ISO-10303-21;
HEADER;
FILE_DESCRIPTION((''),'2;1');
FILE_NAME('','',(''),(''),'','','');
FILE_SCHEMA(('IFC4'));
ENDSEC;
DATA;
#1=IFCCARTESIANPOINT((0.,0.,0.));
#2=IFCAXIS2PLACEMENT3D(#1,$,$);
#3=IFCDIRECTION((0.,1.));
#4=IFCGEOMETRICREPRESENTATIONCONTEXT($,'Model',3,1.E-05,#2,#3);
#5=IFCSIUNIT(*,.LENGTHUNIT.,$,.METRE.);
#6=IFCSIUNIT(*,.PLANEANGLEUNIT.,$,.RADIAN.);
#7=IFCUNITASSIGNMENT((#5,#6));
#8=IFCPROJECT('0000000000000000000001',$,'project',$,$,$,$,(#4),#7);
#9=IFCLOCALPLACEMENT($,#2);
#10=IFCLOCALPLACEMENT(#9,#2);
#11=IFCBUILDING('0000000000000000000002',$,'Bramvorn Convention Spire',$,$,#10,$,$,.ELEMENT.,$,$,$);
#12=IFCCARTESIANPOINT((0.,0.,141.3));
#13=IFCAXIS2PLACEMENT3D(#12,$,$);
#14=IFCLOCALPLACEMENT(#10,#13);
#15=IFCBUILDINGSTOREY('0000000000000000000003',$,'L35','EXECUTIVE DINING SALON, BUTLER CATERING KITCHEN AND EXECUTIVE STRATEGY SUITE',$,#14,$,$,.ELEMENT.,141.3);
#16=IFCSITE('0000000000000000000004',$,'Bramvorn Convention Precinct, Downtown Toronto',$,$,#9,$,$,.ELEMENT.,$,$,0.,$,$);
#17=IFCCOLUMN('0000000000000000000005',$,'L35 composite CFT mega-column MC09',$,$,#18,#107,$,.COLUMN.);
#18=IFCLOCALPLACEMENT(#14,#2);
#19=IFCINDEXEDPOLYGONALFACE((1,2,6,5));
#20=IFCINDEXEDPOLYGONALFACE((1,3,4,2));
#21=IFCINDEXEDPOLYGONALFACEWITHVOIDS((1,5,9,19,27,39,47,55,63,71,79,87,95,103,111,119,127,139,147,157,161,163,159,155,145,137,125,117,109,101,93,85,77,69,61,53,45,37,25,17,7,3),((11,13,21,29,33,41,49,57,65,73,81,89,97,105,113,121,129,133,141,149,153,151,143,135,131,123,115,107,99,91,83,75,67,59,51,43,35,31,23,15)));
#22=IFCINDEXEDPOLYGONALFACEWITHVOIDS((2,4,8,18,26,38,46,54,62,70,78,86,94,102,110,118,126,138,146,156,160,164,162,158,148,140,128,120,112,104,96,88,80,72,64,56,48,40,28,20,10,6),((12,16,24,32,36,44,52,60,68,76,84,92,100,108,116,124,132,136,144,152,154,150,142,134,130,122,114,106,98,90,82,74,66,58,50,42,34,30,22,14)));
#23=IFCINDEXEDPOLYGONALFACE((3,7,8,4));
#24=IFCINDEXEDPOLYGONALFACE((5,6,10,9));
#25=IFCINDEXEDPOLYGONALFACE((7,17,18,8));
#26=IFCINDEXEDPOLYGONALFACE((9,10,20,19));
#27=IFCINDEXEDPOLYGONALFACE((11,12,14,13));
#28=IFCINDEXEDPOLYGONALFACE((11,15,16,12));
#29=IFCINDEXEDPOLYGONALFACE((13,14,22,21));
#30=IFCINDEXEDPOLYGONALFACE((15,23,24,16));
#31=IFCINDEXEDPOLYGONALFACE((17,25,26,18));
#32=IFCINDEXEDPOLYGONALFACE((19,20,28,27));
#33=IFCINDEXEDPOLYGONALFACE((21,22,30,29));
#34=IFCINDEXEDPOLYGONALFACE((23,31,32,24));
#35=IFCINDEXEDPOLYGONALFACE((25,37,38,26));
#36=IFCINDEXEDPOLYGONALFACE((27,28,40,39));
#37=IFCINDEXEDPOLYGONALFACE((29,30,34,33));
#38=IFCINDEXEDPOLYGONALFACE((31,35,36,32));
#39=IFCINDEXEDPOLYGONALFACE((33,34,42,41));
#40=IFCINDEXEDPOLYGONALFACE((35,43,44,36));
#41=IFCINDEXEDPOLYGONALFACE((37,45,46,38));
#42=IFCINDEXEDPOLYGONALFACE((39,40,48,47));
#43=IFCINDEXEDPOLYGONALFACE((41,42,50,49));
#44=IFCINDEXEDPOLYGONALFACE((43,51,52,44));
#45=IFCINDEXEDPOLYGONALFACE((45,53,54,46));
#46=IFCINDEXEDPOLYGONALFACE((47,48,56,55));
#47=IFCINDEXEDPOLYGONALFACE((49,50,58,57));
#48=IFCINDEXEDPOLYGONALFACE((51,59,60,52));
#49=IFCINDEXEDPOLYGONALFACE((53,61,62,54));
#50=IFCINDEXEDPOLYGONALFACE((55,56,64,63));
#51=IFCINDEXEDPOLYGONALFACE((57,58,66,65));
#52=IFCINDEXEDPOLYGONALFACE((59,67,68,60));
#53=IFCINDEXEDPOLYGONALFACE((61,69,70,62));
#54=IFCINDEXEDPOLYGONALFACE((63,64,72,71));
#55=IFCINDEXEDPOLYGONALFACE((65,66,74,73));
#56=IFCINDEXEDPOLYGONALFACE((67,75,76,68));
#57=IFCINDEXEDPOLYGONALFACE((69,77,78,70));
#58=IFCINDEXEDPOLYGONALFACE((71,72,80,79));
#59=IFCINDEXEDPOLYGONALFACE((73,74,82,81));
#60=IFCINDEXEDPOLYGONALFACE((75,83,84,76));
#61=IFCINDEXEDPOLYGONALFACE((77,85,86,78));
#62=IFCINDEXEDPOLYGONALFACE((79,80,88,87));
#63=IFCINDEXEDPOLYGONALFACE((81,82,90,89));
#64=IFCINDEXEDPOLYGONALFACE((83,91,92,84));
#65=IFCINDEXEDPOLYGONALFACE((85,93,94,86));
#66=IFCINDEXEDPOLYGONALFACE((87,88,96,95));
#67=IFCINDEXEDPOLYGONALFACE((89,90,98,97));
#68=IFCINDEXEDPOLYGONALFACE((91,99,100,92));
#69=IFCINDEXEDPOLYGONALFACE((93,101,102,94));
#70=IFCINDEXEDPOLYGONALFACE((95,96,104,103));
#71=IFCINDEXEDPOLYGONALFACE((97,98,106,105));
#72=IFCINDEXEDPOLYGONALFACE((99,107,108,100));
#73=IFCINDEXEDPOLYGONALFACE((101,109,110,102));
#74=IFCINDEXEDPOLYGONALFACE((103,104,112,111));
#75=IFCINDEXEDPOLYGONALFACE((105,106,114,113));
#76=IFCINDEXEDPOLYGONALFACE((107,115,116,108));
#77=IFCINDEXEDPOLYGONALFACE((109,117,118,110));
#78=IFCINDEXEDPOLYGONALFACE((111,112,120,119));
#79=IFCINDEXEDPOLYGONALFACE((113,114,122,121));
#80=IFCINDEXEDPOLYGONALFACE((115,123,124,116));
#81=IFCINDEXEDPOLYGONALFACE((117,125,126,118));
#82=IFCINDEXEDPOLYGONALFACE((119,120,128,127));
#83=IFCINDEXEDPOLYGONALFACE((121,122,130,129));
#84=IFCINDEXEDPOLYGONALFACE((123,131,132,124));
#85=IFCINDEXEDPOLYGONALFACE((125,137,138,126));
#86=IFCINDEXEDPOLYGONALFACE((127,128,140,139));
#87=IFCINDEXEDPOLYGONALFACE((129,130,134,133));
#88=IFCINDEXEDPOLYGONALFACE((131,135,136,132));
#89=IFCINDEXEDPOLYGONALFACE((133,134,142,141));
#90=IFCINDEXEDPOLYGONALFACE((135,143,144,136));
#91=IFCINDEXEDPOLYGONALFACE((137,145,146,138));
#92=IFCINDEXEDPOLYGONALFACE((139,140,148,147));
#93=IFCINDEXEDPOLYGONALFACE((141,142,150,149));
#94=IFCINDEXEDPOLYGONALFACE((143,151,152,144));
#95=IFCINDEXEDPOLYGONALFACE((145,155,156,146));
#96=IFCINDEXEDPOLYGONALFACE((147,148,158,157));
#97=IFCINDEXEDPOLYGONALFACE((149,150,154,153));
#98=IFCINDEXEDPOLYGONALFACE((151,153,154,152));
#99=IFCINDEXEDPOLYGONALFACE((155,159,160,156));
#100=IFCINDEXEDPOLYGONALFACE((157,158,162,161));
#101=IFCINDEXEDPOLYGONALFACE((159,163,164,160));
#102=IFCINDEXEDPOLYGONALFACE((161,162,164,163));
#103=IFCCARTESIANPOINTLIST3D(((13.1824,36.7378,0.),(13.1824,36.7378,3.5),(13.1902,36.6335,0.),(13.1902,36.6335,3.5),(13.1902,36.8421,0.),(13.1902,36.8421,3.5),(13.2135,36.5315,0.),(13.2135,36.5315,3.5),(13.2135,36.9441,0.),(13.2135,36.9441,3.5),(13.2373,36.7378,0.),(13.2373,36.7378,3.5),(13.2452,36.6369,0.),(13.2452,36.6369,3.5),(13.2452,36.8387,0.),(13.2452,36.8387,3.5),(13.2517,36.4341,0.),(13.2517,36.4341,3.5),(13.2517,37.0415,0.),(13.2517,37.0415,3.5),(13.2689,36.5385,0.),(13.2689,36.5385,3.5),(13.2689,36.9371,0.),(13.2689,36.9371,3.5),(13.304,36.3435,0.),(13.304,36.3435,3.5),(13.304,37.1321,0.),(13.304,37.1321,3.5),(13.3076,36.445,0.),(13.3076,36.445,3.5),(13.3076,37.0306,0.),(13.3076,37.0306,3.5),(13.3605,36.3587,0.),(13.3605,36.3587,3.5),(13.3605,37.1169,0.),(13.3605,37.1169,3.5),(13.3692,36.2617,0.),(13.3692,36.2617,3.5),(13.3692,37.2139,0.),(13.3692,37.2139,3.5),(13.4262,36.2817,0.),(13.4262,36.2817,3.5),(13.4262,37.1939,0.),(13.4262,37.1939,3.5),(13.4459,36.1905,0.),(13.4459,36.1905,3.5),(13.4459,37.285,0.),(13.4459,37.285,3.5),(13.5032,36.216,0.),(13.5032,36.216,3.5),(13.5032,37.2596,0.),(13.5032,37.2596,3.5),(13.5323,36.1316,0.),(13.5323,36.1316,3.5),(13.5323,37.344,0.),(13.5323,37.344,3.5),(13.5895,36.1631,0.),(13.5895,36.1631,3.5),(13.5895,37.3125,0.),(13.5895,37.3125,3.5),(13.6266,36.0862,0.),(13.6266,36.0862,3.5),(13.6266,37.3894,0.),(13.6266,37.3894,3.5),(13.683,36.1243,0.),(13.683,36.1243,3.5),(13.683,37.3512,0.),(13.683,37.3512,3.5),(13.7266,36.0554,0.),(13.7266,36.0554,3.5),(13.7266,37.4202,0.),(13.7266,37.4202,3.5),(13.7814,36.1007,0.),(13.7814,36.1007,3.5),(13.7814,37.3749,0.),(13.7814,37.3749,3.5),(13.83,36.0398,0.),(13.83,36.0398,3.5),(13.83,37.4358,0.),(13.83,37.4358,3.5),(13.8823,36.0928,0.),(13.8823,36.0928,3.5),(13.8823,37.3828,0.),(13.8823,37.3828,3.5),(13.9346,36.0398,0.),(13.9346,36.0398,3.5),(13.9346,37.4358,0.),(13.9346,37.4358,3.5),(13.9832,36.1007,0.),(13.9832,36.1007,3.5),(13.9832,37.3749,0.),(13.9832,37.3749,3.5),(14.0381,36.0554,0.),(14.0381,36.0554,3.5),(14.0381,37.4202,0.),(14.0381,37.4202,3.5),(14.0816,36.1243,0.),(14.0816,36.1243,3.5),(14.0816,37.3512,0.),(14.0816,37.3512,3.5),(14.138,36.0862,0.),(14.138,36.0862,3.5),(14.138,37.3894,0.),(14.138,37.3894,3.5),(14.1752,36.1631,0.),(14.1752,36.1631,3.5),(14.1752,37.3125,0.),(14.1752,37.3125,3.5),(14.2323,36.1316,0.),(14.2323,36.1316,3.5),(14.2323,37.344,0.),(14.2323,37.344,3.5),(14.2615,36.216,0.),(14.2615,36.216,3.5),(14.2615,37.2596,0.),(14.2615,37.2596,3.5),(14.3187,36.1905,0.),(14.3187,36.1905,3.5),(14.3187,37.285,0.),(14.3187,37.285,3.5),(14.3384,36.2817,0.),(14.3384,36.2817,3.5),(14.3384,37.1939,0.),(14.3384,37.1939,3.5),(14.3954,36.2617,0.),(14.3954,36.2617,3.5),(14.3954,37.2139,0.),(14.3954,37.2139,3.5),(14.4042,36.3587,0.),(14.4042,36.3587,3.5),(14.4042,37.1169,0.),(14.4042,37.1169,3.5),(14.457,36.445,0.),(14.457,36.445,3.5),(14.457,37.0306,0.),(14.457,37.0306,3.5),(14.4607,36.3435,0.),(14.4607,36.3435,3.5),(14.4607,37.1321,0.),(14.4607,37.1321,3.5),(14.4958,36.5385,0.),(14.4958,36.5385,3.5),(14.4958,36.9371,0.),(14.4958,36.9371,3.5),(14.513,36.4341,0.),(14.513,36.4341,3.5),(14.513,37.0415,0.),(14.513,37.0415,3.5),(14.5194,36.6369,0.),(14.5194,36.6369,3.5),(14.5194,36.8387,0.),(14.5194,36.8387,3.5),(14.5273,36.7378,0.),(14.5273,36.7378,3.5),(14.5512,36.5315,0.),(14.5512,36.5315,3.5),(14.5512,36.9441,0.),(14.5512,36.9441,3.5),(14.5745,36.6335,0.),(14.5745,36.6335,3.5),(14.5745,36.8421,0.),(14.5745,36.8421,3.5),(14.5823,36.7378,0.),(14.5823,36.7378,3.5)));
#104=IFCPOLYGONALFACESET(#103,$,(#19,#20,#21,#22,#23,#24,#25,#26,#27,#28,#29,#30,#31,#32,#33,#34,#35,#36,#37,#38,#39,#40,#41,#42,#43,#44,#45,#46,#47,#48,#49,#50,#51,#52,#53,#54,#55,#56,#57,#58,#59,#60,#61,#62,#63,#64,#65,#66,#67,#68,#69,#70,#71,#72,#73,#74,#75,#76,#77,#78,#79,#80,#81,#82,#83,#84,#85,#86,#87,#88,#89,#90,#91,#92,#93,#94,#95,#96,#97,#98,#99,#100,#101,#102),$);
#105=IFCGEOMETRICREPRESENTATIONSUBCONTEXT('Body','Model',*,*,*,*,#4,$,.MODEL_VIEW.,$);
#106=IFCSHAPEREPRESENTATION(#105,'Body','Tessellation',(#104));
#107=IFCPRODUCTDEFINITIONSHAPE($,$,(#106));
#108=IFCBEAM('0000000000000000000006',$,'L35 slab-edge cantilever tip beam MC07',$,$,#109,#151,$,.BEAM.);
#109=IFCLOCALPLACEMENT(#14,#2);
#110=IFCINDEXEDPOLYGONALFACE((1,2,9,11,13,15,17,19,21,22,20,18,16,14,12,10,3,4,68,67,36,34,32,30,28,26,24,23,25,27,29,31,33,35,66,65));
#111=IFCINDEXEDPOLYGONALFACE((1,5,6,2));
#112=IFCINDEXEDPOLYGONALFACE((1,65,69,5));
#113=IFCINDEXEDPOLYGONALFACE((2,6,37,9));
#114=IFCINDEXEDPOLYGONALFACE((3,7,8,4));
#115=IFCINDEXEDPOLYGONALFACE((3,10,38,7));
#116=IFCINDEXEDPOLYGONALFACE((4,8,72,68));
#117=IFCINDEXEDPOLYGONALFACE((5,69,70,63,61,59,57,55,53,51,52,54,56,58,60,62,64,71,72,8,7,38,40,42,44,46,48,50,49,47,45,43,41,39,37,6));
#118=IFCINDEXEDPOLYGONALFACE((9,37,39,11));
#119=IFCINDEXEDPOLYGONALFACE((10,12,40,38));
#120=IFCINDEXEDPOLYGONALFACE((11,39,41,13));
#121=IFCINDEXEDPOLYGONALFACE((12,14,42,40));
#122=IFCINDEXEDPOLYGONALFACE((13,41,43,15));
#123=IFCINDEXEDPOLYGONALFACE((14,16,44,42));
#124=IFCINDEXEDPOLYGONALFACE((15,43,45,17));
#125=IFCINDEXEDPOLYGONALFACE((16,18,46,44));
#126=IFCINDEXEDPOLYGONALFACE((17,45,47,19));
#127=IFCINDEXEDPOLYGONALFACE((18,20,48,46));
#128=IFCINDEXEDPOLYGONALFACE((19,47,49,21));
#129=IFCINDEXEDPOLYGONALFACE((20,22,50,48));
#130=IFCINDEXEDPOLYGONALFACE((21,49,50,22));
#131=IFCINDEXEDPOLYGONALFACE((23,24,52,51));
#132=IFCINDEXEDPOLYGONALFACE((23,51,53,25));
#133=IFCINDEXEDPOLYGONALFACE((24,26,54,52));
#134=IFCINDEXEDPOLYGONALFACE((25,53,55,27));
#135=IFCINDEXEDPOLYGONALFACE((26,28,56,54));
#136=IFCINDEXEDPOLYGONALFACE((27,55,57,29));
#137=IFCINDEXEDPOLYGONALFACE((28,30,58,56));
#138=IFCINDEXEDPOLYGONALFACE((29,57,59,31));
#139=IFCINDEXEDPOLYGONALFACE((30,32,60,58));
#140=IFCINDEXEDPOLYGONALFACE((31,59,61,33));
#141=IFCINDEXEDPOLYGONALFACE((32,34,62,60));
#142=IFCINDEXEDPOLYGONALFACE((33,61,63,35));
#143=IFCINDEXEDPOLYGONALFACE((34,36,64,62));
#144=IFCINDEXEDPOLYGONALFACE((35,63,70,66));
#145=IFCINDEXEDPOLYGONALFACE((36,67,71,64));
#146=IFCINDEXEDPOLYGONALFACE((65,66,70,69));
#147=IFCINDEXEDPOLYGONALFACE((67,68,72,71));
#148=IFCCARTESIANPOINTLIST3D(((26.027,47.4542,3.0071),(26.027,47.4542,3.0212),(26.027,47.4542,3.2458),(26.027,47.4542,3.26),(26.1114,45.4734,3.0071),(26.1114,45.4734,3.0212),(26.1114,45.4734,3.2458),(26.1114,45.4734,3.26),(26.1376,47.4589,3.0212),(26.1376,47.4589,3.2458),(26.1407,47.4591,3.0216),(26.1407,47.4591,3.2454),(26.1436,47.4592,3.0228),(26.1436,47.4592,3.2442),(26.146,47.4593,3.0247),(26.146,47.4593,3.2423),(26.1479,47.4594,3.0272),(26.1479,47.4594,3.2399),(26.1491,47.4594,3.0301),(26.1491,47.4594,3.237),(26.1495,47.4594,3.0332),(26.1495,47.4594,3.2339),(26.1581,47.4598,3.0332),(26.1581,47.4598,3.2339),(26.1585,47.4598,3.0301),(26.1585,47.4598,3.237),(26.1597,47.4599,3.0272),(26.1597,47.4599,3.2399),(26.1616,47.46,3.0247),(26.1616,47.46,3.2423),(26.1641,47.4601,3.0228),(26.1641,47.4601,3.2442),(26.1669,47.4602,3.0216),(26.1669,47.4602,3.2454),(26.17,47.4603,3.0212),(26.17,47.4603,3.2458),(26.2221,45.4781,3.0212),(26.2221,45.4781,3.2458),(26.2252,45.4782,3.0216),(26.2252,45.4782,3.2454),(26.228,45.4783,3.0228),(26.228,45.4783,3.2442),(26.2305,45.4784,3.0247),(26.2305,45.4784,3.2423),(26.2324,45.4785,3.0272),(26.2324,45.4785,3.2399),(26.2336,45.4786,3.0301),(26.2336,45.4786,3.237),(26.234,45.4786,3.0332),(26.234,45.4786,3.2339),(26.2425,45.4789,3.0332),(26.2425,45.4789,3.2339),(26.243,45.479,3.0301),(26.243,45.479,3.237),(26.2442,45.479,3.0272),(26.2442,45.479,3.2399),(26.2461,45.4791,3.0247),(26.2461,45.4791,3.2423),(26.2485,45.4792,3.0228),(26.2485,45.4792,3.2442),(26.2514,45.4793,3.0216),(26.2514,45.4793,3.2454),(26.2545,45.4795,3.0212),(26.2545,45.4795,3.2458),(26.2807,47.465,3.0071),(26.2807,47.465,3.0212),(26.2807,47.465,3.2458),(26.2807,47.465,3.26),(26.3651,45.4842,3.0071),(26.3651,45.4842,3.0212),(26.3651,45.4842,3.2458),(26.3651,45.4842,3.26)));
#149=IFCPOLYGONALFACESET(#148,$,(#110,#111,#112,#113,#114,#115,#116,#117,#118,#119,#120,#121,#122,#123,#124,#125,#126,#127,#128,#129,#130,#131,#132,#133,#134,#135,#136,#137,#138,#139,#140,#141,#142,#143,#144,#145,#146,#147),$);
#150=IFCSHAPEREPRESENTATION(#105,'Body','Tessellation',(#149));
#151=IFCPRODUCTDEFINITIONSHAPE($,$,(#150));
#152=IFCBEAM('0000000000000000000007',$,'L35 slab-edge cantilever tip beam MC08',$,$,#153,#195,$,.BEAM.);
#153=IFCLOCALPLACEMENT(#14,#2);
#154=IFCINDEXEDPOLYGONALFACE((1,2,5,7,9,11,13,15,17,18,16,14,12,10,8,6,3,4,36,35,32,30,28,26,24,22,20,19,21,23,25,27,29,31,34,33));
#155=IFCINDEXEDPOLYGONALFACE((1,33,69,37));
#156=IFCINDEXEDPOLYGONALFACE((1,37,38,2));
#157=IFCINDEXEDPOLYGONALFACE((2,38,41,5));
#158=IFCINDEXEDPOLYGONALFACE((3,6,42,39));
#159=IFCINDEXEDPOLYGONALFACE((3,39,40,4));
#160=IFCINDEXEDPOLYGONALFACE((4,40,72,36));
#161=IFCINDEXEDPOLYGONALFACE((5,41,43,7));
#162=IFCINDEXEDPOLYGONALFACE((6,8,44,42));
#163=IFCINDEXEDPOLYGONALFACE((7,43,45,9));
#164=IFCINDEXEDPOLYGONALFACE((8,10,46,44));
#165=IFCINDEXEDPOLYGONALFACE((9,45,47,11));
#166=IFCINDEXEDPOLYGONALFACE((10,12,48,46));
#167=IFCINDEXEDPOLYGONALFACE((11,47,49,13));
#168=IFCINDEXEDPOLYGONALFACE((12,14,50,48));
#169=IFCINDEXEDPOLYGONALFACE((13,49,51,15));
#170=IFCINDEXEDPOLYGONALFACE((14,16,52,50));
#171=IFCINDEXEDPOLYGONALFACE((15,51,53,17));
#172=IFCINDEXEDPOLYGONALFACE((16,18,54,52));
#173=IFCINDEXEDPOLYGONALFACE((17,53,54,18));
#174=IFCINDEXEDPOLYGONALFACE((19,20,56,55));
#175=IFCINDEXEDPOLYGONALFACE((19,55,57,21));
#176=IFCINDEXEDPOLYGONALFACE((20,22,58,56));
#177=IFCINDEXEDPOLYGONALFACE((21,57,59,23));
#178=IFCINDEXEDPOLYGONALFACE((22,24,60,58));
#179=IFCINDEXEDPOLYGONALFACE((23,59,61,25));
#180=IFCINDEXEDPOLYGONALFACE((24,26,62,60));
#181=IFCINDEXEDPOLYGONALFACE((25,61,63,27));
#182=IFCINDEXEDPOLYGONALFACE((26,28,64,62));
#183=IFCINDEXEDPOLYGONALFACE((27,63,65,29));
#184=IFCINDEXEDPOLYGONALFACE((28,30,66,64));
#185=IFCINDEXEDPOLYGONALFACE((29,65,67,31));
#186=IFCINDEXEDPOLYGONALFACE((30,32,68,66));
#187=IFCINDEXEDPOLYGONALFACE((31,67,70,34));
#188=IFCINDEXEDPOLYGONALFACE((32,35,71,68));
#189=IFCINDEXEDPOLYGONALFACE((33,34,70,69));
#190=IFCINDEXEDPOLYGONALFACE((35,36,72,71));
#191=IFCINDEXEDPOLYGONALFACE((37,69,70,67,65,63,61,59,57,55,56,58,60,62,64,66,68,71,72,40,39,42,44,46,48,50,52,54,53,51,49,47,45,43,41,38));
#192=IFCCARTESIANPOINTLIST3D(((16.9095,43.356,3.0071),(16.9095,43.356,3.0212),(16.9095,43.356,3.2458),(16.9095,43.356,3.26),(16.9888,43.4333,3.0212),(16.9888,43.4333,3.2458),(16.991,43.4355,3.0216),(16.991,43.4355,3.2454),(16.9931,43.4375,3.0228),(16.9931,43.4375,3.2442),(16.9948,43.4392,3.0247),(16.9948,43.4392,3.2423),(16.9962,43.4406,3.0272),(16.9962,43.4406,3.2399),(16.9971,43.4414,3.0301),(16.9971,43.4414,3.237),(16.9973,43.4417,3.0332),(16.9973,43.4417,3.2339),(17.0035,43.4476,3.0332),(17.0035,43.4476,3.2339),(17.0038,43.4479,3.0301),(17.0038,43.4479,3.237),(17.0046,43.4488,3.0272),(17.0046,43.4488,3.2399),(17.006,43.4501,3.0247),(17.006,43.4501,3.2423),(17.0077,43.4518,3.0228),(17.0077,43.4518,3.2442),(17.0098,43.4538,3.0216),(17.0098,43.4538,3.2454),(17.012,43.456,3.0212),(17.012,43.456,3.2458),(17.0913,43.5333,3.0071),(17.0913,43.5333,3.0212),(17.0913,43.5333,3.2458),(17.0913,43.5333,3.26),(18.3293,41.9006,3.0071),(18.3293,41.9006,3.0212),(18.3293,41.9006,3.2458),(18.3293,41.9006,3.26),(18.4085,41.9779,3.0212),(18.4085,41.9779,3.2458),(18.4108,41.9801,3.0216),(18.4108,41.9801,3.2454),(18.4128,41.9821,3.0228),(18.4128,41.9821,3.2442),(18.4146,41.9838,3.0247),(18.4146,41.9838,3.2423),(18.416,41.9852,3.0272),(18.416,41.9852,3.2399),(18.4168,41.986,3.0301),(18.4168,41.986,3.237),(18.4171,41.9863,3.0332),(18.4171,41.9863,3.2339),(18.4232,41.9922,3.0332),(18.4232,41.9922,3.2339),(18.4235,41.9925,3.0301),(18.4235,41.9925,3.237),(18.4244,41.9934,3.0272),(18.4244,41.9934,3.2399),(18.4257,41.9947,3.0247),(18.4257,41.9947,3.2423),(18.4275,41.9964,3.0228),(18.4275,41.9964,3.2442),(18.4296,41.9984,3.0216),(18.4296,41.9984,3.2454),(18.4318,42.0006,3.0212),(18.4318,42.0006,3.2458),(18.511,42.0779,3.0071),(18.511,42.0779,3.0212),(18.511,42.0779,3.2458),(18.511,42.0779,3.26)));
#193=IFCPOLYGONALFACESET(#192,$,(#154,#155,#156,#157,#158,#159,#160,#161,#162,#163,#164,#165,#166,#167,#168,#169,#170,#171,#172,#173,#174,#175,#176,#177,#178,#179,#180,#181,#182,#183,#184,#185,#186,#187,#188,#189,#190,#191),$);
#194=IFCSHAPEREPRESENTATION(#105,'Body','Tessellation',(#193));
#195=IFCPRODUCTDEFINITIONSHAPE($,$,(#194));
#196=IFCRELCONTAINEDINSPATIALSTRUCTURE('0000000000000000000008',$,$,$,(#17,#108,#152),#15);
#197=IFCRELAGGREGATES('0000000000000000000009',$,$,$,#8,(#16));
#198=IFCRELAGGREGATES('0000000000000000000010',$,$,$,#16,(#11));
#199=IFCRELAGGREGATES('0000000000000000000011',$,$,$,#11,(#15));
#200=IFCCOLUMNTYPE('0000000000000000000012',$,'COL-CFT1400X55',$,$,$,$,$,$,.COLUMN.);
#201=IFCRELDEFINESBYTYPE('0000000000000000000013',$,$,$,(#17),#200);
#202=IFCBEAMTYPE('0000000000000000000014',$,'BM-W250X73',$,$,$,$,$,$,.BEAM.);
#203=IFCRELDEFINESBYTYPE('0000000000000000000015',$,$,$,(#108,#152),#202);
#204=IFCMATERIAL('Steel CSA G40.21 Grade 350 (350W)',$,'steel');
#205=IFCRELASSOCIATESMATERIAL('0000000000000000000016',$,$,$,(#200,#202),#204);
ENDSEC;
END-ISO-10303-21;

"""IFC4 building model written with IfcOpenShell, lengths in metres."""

from ifc_helpers import new_model, si_unit, direction, frame, origin, origin_2d, place, context, subcontext, project, spatial, hollow_circle, i_section, extrude, material, material_profile, profile_set, type_object, element, save


model = new_model("IFC4")

# Units and contexts
model_context = context("Model", 3, precision=1e-05, world=origin(), true_north=direction((0.0, 1.0)))
body_context = subcontext(model_context, "Body", "Model", "MODEL_VIEW")
ifc_project = project(units=[si_unit("LENGTHUNIT", "METRE"), si_unit("PLANEANGLEUNIT", "RADIAN")], contexts=[model_context])

# Site, building, storey
site_placement = place(None, origin())
site = spatial("IfcSite", under=ifc_project, at=site_placement, Name="Bramvorn Convention Precinct, Downtown Toronto", CompositionType="ELEMENT", RefElevation=0.0)
building_placement = place(site_placement, origin())
building = spatial("IfcBuilding", under=site, at=building_placement, Name="Bramvorn Convention Spire", CompositionType="ELEMENT")
storey_placement = place(building_placement, frame((0.0, 0.0, 141.3)))
storey = spatial("IfcBuildingStorey", under=building, at=storey_placement, Name="L35", Description="EXECUTIVE DINING SALON, BUTLER CATERING KITCHEN AND EXECUTIVE STRATEGY SUITE", CompositionType="ELEMENT", Elevation=141.3)

# Column
ifc_material_1 = material(Name="Steel CSA G40.21 Grade 350 (350W)", Category="steel")
ifc_material_profile_1 = material_profile(ifc_material_1, hollow_circle(Radius=0.7, WallThickness=0.0549, at=origin_2d()))
ifc_profile_set_1 = profile_set([ifc_material_profile_1], Name="Steel CSA G40.21 Grade 350 (350W) - CFT1400X55")
column_type = type_object("IfcColumnType", Name="COL-CFT1400X55", PredefinedType="COLUMN", material=ifc_profile_set_1)
for number, where, z_axis, x_axis, name in (
    (1, (13.8823, 36.7378, 0.0), (0.0, 0.0, 1.0), (1.0, 0.0, 0.0), "L35 composite CFT mega-column MC09"),
):
    element("IfcColumn", number, at=place(storey_placement, frame(where, z_axis=z_axis, x_axis=x_axis)), inside=storey, type_object=column_type, Name=name, PredefinedType="COLUMN", context=body_context, shape_type="SweptSolid", body=[
        extrude(hollow_circle(Radius=0.7, WallThickness=0.0549, at=origin_2d()), origin(), (0.0, 0.0, 1.0), 3.5),
    ])

# Beams
ifc_material_profile_2 = material_profile(ifc_material_1, i_section(OverallWidth=0.2539, OverallDepth=0.2529, WebThickness=0.0085, FlangeThickness=0.0142, FilletRadius=0.012, at=origin_2d()))
ifc_profile_set_2 = profile_set([ifc_material_profile_2], Name="Steel CSA G40.21 Grade 350 (350W) - W250X73")
beam_type_1 = type_object("IfcBeamType", Name="BM-W250X73", PredefinedType="BEAM", material=ifc_profile_set_2)
beam_1_placement = place(storey_placement, frame((26.2383, 45.4788, 3.1335), z_axis=(-0.042604, 0.999092, 0.0), x_axis=(-0.999092, -0.042604, 0.0)))
element("IfcBeam", 2, at=beam_1_placement, inside=storey, type_object=beam_type_1, Name="L35 slab-edge cantilever tip beam MC07", PredefinedType="BEAM", context=body_context, shape_type="SweptSolid", body=[
    extrude(i_section(OverallWidth=0.2539, OverallDepth=0.2529, WebThickness=0.0085, FlangeThickness=0.0142, FilletRadius=0.012, at=origin_2d()), origin(), (0.0, 0.0, 1.0), 1.9827),
])
beam_2_placement = place(storey_placement, frame((18.4202, 41.9893, 3.1335), z_axis=(-0.698286, 0.715819, 0.0), x_axis=(-0.715819, -0.698286, 0.0)))
element("IfcBeam", 3, at=beam_2_placement, inside=storey, type_object=beam_type_1, Name="L35 slab-edge cantilever tip beam MC08", PredefinedType="BEAM", context=body_context, shape_type="SweptSolid", body=[
    extrude(i_section(OverallWidth=0.2539, OverallDepth=0.2529, WebThickness=0.0085, FlangeThickness=0.0142, FilletRadius=0.012, at=origin_2d()), origin(), (0.0, 0.0, 1.0), 2.0332),
])

save(model, "model.ifc")
